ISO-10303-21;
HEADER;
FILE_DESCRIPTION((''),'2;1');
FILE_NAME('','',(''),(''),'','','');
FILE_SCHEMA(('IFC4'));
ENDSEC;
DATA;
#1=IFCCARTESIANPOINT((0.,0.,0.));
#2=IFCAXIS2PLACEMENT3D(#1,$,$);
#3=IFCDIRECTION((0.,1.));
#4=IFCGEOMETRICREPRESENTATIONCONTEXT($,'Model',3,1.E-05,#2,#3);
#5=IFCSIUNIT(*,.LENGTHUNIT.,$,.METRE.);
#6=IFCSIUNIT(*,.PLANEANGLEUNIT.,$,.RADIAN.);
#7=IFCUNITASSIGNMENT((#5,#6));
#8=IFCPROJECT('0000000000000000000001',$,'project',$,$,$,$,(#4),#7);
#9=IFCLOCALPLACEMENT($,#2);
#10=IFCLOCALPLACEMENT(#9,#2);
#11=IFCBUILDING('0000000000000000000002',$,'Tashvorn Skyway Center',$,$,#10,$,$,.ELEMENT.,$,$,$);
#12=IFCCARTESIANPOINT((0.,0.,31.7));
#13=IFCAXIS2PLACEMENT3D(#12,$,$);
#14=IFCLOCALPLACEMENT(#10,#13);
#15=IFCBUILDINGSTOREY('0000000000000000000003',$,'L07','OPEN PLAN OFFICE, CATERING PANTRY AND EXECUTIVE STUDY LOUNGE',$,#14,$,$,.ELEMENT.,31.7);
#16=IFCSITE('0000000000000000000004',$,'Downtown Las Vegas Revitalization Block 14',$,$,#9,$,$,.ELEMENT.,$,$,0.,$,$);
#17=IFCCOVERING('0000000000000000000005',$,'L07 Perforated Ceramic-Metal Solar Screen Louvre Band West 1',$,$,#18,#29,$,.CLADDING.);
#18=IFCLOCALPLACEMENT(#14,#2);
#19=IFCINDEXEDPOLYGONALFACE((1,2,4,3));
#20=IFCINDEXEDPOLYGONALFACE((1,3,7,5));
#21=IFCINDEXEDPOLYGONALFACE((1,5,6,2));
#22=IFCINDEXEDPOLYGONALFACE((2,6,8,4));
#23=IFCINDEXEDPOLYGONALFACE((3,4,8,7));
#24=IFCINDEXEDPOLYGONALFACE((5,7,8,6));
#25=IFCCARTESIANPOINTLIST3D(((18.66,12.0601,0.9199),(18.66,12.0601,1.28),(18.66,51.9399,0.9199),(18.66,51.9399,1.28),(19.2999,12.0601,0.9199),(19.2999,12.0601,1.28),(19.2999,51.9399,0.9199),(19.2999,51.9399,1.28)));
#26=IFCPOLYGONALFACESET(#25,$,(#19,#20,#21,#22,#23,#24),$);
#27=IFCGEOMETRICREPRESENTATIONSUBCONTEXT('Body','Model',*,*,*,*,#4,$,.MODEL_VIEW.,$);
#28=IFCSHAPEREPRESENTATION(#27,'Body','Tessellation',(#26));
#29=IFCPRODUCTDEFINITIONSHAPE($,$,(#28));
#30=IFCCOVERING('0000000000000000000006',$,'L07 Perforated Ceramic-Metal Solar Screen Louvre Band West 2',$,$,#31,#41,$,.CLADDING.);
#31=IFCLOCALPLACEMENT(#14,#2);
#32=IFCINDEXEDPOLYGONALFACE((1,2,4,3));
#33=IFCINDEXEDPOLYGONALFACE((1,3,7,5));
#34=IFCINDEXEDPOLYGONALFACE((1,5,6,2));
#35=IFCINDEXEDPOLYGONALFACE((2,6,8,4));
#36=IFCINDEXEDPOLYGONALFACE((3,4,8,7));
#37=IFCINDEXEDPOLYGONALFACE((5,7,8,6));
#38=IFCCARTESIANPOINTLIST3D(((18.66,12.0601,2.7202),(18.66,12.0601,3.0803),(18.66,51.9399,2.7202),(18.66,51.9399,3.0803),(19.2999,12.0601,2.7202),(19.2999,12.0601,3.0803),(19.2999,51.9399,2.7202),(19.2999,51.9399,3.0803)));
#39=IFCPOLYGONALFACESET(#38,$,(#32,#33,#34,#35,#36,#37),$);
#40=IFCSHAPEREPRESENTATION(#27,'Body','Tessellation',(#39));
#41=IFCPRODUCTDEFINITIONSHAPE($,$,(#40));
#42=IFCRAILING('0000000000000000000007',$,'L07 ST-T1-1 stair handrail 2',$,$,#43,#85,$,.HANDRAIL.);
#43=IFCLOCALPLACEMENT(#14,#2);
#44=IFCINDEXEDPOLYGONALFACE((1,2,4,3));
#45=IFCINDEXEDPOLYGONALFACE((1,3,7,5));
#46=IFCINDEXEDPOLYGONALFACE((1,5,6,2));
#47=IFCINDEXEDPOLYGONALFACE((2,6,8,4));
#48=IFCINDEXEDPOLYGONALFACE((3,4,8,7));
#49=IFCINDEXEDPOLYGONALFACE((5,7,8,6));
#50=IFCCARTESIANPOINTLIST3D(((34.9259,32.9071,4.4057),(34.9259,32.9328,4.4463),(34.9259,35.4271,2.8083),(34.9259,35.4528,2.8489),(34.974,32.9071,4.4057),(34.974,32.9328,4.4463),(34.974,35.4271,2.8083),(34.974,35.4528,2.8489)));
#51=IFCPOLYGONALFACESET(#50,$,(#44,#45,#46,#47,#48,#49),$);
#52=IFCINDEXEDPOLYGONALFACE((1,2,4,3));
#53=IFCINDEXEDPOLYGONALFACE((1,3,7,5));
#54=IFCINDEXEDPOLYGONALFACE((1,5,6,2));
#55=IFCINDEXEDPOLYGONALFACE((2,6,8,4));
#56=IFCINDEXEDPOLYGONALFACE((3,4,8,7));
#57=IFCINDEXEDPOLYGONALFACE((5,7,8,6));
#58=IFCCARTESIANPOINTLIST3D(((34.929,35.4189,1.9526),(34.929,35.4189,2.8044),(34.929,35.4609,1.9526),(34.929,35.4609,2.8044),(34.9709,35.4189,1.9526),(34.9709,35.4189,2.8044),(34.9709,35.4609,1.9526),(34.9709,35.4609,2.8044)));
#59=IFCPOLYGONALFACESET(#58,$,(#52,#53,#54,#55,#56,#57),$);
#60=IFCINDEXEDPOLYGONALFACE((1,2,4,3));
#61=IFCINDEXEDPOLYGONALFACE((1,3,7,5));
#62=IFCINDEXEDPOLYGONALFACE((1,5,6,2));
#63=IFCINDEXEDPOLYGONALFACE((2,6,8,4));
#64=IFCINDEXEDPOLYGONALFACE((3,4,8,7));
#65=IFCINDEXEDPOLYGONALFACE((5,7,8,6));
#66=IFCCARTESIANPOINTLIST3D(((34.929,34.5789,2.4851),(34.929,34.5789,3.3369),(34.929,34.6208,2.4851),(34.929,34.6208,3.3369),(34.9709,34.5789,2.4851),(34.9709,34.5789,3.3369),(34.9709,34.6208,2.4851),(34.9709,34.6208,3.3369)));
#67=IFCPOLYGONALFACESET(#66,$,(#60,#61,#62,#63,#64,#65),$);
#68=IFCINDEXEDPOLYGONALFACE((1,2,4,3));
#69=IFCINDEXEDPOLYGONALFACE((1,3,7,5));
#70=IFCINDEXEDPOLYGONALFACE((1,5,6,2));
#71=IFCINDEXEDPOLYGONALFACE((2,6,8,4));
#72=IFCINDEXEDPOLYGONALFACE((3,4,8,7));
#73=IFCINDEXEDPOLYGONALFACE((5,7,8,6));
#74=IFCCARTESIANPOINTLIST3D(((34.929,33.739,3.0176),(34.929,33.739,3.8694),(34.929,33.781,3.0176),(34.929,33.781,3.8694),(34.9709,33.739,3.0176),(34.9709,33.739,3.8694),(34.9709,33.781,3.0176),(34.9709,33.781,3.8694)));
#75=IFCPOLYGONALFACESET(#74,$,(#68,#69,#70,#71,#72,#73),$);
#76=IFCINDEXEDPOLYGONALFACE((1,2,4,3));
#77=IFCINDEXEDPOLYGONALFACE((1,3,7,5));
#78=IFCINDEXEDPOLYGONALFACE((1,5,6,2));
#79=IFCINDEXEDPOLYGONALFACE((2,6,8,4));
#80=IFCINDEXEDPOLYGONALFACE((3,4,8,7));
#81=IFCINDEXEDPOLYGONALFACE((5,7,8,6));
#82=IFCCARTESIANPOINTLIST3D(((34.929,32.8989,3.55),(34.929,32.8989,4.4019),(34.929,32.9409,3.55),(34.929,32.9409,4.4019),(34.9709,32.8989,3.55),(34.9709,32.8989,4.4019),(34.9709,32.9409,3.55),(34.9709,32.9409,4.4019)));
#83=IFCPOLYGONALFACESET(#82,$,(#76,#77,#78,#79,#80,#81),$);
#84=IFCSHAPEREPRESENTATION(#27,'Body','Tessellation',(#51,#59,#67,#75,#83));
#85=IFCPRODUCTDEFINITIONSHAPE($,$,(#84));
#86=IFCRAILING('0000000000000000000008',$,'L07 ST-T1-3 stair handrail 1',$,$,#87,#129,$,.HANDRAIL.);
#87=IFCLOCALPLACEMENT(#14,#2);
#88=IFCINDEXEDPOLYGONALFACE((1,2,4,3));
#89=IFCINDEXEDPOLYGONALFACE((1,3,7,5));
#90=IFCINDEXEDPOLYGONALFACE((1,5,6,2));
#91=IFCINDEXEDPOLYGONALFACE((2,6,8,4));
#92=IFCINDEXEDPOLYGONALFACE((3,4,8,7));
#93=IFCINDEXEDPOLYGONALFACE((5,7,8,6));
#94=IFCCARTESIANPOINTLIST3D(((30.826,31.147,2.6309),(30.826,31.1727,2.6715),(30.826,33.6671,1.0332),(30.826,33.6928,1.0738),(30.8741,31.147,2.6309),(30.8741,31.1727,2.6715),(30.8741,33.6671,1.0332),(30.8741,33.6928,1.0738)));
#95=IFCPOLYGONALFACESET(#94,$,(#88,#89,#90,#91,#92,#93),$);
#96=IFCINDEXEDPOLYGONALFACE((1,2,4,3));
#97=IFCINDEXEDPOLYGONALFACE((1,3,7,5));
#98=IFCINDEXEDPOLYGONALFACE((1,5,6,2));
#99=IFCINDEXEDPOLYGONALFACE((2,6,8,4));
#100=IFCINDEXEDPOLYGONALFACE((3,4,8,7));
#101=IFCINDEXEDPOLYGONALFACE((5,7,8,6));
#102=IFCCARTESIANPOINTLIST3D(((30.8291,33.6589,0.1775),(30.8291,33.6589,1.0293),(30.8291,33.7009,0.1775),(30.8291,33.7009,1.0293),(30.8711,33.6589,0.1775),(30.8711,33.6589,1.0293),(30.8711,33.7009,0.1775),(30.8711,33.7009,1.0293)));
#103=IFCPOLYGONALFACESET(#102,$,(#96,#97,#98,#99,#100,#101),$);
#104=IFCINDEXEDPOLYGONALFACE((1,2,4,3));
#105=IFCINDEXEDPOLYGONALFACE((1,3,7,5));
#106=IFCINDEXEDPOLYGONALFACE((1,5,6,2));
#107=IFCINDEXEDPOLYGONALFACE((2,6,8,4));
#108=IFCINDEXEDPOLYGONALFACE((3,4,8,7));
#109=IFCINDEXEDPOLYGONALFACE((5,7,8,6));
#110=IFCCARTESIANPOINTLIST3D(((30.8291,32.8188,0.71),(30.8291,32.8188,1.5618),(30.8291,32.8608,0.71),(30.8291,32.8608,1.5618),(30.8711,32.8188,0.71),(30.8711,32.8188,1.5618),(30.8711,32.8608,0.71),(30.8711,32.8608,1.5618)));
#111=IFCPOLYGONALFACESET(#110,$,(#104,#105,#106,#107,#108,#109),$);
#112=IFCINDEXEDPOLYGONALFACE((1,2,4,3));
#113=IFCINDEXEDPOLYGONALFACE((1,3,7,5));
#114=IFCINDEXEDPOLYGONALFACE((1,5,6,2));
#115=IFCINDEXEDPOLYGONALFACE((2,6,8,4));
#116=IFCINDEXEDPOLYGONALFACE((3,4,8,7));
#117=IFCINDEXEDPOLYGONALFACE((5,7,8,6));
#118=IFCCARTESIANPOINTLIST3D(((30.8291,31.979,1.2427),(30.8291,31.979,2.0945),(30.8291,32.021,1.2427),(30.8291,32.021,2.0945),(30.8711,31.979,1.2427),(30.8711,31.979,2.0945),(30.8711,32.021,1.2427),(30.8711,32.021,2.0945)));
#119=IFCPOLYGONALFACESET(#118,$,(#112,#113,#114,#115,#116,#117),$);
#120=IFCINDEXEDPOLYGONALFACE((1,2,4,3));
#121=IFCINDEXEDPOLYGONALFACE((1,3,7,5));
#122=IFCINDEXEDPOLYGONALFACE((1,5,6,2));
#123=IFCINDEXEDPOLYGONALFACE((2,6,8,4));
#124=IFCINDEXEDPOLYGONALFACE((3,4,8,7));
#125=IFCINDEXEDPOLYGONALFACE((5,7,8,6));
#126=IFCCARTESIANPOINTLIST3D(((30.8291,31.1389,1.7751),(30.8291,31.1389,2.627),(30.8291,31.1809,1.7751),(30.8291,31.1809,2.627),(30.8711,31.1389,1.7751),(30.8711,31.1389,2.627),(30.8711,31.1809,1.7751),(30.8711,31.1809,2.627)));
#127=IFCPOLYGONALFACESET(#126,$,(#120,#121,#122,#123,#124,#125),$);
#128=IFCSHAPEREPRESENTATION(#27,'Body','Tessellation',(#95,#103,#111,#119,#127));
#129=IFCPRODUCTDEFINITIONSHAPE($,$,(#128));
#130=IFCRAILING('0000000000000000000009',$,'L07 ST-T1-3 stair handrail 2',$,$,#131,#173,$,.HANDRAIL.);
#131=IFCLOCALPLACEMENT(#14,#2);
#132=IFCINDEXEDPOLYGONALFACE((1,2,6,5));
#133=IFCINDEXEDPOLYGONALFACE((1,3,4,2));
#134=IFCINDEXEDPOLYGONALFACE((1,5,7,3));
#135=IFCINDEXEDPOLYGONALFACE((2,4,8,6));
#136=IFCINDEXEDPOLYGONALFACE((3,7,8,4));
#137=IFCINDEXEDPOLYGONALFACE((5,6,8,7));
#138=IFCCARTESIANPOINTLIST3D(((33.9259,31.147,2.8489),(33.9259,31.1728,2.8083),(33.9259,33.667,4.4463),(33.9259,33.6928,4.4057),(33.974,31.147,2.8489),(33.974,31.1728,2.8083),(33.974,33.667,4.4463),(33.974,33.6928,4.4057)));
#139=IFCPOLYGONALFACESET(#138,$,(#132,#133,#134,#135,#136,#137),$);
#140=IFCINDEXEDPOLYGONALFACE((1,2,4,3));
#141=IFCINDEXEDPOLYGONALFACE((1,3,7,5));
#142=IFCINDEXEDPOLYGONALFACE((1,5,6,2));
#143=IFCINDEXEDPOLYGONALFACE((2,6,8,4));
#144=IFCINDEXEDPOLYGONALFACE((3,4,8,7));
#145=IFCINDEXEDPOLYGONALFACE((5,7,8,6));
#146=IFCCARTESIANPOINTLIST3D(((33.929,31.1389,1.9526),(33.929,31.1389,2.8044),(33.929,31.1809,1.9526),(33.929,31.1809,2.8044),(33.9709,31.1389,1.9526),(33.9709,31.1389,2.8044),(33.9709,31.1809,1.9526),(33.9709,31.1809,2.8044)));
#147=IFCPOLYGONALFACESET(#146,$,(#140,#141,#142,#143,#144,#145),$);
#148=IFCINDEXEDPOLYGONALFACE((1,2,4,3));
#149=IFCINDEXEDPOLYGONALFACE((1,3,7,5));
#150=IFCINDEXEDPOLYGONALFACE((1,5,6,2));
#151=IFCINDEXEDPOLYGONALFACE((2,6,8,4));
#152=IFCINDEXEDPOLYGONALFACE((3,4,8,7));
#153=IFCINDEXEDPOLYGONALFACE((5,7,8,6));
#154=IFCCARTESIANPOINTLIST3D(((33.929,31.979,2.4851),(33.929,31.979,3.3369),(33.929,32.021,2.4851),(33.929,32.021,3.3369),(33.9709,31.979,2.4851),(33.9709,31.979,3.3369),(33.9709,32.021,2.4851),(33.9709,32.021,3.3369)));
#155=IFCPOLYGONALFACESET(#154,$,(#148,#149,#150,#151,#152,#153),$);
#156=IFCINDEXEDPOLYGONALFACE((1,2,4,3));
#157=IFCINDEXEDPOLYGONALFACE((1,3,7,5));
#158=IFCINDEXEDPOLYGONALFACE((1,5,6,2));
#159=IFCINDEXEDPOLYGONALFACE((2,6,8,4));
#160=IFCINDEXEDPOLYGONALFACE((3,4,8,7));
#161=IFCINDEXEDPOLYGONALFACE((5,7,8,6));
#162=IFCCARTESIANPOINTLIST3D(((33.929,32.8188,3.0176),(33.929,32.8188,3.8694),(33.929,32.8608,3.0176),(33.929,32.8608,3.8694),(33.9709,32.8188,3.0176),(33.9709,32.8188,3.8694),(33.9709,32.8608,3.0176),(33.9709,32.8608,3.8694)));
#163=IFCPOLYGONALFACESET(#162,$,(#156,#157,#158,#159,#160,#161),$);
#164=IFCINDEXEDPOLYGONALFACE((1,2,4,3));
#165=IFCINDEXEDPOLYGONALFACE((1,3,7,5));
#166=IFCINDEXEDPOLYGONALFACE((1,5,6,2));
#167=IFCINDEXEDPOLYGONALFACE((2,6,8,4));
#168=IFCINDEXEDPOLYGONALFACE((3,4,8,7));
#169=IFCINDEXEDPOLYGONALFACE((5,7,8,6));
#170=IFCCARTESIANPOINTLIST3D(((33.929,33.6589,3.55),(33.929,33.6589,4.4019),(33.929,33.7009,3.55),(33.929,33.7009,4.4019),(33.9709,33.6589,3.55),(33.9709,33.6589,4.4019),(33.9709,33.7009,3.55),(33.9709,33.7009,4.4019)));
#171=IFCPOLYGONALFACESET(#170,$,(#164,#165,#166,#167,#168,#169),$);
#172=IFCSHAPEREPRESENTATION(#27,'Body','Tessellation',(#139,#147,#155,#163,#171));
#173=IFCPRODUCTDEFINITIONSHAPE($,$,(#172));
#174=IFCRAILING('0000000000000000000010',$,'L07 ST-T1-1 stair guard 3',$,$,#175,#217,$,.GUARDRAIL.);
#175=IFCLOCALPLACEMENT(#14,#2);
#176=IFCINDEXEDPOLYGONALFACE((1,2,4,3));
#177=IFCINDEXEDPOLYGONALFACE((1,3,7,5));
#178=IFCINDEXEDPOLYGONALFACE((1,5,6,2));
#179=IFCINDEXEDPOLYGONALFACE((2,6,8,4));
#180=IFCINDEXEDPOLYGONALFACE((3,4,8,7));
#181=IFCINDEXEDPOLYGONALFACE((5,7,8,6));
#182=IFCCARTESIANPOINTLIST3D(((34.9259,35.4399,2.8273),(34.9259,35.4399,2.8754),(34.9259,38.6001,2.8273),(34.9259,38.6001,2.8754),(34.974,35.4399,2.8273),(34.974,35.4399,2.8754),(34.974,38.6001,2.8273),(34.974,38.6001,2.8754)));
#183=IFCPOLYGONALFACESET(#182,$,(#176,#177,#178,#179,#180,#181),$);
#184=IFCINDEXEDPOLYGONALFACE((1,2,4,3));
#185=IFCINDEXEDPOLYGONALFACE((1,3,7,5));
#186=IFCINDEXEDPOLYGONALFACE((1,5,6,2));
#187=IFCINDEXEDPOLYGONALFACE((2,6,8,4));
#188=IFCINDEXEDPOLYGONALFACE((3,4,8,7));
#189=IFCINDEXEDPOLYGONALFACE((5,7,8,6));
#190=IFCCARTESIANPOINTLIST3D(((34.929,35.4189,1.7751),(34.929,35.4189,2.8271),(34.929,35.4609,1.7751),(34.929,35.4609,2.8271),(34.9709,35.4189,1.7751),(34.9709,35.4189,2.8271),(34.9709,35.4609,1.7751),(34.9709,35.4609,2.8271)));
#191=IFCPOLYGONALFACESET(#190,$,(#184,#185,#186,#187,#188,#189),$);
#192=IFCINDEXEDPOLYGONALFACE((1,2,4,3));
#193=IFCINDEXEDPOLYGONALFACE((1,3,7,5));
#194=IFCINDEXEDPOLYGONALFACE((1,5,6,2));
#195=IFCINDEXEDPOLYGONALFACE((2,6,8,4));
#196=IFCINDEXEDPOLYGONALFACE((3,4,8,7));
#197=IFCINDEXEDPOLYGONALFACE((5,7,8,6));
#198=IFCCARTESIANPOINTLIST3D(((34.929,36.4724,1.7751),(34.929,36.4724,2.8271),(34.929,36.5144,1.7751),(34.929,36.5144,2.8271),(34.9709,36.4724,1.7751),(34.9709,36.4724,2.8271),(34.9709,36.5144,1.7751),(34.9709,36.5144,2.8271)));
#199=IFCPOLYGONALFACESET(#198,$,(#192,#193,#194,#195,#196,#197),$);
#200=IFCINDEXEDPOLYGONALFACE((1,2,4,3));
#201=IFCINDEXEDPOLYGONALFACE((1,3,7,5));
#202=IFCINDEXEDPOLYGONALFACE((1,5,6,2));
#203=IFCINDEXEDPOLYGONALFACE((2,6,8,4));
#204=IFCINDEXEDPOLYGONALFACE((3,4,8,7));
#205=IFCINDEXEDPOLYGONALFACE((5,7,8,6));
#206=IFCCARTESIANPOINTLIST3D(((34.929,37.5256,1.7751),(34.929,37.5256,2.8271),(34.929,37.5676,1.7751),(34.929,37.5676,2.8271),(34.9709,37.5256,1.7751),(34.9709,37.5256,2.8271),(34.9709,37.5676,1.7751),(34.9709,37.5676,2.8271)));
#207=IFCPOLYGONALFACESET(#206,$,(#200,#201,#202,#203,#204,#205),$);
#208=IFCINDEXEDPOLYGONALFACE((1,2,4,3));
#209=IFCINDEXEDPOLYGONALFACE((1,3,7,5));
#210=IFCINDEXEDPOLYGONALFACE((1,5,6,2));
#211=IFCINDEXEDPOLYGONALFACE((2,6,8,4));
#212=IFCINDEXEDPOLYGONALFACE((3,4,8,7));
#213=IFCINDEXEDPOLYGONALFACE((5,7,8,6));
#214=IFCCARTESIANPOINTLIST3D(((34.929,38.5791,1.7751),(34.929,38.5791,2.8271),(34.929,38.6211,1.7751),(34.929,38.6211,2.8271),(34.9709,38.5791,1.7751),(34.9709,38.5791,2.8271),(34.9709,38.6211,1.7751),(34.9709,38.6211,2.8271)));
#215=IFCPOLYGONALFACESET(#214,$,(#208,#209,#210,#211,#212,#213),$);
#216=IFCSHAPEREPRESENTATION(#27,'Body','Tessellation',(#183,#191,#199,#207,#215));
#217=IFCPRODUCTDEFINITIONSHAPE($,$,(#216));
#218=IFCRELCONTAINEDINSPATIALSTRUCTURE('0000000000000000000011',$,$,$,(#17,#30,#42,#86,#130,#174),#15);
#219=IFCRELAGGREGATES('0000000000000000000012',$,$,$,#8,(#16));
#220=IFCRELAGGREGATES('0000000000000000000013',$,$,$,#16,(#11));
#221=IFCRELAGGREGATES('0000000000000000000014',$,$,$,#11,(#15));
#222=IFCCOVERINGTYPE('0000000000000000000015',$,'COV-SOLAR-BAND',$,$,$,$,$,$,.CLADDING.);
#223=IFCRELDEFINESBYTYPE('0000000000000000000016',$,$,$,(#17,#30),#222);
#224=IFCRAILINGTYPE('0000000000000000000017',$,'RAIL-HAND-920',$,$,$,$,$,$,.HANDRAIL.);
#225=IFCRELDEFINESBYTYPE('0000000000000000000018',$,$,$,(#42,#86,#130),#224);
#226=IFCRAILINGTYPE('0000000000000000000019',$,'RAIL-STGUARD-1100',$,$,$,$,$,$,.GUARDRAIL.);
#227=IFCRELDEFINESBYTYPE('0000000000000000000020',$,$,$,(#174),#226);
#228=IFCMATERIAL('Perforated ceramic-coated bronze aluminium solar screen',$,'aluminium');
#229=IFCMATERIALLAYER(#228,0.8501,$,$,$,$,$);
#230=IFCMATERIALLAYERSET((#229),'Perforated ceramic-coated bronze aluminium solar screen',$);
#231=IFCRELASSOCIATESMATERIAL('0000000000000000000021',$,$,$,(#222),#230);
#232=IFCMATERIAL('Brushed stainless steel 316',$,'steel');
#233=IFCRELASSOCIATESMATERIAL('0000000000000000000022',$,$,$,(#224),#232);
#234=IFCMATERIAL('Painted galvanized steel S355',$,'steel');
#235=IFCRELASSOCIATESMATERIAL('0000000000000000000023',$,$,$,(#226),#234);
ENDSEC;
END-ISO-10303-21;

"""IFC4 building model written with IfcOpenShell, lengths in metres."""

from ifc_helpers import new_model, si_unit, direction, frame, origin, origin_2d, place, context, subcontext, project, spatial, rectangle, extrude, material, layer, layer_set, type_object, element, save


model = new_model("IFC4")

# Units and contexts
model_context = context("Model", 3, precision=1e-05, world=origin(), true_north=direction((0.0, 1.0)))
body_context = subcontext(model_context, "Body", "Model", "MODEL_VIEW")
ifc_project = project(units=[si_unit("LENGTHUNIT", "METRE"), si_unit("PLANEANGLEUNIT", "RADIAN")], contexts=[model_context])

# Site, building, storey
site_placement = place(None, origin())
site = spatial("IfcSite", under=ifc_project, at=site_placement, Name="Downtown Las Vegas Revitalization Block 14", CompositionType="ELEMENT", RefElevation=0.0)
building_placement = place(site_placement, origin())
building = spatial("IfcBuilding", under=site, at=building_placement, Name="Tashvorn Skyway Center", CompositionType="ELEMENT")
storey_placement = place(building_placement, frame((0.0, 0.0, 31.7)))
storey = spatial("IfcBuildingStorey", under=building, at=storey_placement, Name="L07", Description="OPEN PLAN OFFICE, CATERING PANTRY AND EXECUTIVE STUDY LOUNGE", CompositionType="ELEMENT", Elevation=31.7)

# Coverings
ifc_material_1 = material(Name="Perforated ceramic-coated bronze aluminium solar screen", Category="aluminium")
ifc_layer_1 = layer(ifc_material_1, 0.8501)
ifc_layer_set_1 = layer_set([ifc_layer_1], Name="Perforated ceramic-coated bronze aluminium solar screen")
covering_type_1 = type_object("IfcCoveringType", Name="COV-SOLAR-BAND", PredefinedType="CLADDING", material=ifc_layer_set_1)
for number, where, z_axis, x_axis, name in (
    (1, (18.98, 32.0, 0.9199), (0.0, 0.0, 1.0), (0.0, 1.0, 0.0), "L07 Perforated Ceramic-Metal Solar Screen Louvre Band West 1"),
    (2, (18.98, 32.0, 2.7202), (0.0, 0.0, 1.0), (0.0, 1.0, 0.0), "L07 Perforated Ceramic-Metal Solar Screen Louvre Band West 2"),
):
    element("IfcCovering", number, at=place(storey_placement, frame(where, z_axis=z_axis, x_axis=x_axis)), inside=storey, type_object=covering_type_1, Name=name, PredefinedType="CLADDING", context=body_context, shape_type="SweptSolid", body=[
        extrude(rectangle(XDim=39.8799, YDim=0.6399, at=origin_2d()), origin(), (0.0, 0.0, 1.0), 0.3601),
    ])

# Railings
ifc_material_2 = material(Name="Brushed stainless steel 316", Category="steel")
railing_type_1 = type_object("IfcRailingType", Name="RAIL-HAND-920", PredefinedType="HANDRAIL", material=ifc_material_2)
railing_1_placement = place(storey_placement, frame((34.95, 35.4399, 1.9526)))
element("IfcRailing", 3, at=railing_1_placement, inside=storey, type_object=railing_type_1, Name="L07 ST-T1-1 stair handrail 2", PredefinedType="HANDRAIL", context=body_context, shape_type="SweptSolid", body=[
    extrude(rectangle(XDim=0.0481, YDim=0.0481, at=origin_2d()), frame((0.0, 0.0, 0.876), z_axis=(0.0, -0.844607, 0.535387), x_axis=(1.0, 0.0, 0.0)), (0.0, 0.0, 1.0), 2.9836),
    extrude(rectangle(XDim=0.042, YDim=0.042, at=origin_2d()), origin(), (0.0, 0.0, 1.0), 0.8518),
    extrude(rectangle(XDim=0.042, YDim=0.042, at=origin_2d()), frame((0.0, -0.8401, 0.5325)), (0.0, 0.0, 1.0), 0.8518),
    extrude(rectangle(XDim=0.042, YDim=0.042, at=origin_2d()), frame((0.0, -1.6799, 1.0649)), (0.0, 0.0, 1.0), 0.8518),
    extrude(rectangle(XDim=0.042, YDim=0.042, at=origin_2d()), frame((0.0, -2.52, 1.5974)), (0.0, 0.0, 1.0), 0.8518),
])
railing_2_placement = place(storey_placement, frame((30.8501, 33.6799, 0.1775)))
element("IfcRailing", 4, at=railing_2_placement, inside=storey, type_object=railing_type_1, Name="L07 ST-T1-3 stair handrail 1", PredefinedType="HANDRAIL", context=body_context, shape_type="SweptSolid", body=[
    extrude(rectangle(XDim=0.0481, YDim=0.0481, at=origin_2d()), frame((0.0, 0.0, 0.876), z_axis=(0.0, -0.84457, 0.535445), x_axis=(1.0, 0.0, 0.0)), (0.0, 0.0, 1.0), 2.9839),
    extrude(rectangle(XDim=0.042, YDim=0.042, at=origin_2d()), origin(), (0.0, 0.0, 1.0), 0.8518),
    extrude(rectangle(XDim=0.042, YDim=0.042, at=origin_2d()), frame((0.0, -0.8401, 0.5325)), (0.0, 0.0, 1.0), 0.8518),
    extrude(rectangle(XDim=0.042, YDim=0.042, at=origin_2d()), frame((0.0, -1.6799, 1.0652)), (0.0, 0.0, 1.0), 0.8518),
    extrude(rectangle(XDim=0.042, YDim=0.042, at=origin_2d()), frame((0.0, -2.52, 1.5977)), (0.0, 0.0, 1.0), 0.8518),
])
railing_3_placement = place(storey_placement, frame((33.95, 31.1599, 1.9526)))
element("IfcRailing", 5, at=railing_3_placement, inside=storey, type_object=railing_type_1, Name="L07 ST-T1-3 stair handrail 2", PredefinedType="HANDRAIL", context=body_context, shape_type="SweptSolid", body=[
    extrude(rectangle(XDim=0.0481, YDim=0.0481, at=origin_2d()), frame((0.0, 0.0, 0.876), z_axis=(0.0, 0.844607, 0.535387), x_axis=(-1.0, 0.0, 0.0)), (0.0, 0.0, 1.0), 2.9836),
    extrude(rectangle(XDim=0.042, YDim=0.042, at=origin_2d()), origin(), (0.0, 0.0, 1.0), 0.8518),
    extrude(rectangle(XDim=0.042, YDim=0.042, at=origin_2d()), frame((0.0, 0.8401, 0.5325)), (0.0, 0.0, 1.0), 0.8518),
    extrude(rectangle(XDim=0.042, YDim=0.042, at=origin_2d()), frame((0.0, 1.6799, 1.0649)), (0.0, 0.0, 1.0), 0.8518),
    extrude(rectangle(XDim=0.042, YDim=0.042, at=origin_2d()), frame((0.0, 2.52, 1.5974)), (0.0, 0.0, 1.0), 0.8518),
])
ifc_material_3 = material(Name="Painted galvanized steel S355", Category="steel")
railing_type_2 = type_object("IfcRailingType", Name="RAIL-STGUARD-1100", PredefinedType="GUARDRAIL", material=ifc_material_3)
railing_4_placement = place(storey_placement, frame((34.95, 35.4399, 1.7751)))
element("IfcRailing", 6, at=railing_4_placement, inside=storey, type_object=railing_type_2, Name="L07 ST-T1-1 stair guard 3", PredefinedType="GUARDRAIL", context=body_context, shape_type="SweptSolid", body=[
    extrude(rectangle(XDim=0.0481, YDim=0.0481, at=origin_2d()), frame((0.0, 0.0, 1.0762), z_axis=(0.0, 1.0, 0.0), x_axis=(-1.0, 0.0, 0.0)), (0.0, 0.0, 1.0), 3.1602),
    extrude(rectangle(XDim=0.042, YDim=0.042, at=origin_2d()), origin(), (0.0, 0.0, 1.0), 1.052),
    extrude(rectangle(XDim=0.042, YDim=0.042, at=origin_2d()), frame((0.0, 1.0535, 0.0)), (0.0, 0.0, 1.0), 1.052),
    extrude(rectangle(XDim=0.042, YDim=0.042, at=origin_2d()), frame((0.0, 2.1067, 0.0)), (0.0, 0.0, 1.0), 1.052),
    extrude(rectangle(XDim=0.042, YDim=0.042, at=origin_2d()), frame((0.0, 3.1602, 0.0)), (0.0, 0.0, 1.0), 1.052),
])

save(model, "model.ifc")
